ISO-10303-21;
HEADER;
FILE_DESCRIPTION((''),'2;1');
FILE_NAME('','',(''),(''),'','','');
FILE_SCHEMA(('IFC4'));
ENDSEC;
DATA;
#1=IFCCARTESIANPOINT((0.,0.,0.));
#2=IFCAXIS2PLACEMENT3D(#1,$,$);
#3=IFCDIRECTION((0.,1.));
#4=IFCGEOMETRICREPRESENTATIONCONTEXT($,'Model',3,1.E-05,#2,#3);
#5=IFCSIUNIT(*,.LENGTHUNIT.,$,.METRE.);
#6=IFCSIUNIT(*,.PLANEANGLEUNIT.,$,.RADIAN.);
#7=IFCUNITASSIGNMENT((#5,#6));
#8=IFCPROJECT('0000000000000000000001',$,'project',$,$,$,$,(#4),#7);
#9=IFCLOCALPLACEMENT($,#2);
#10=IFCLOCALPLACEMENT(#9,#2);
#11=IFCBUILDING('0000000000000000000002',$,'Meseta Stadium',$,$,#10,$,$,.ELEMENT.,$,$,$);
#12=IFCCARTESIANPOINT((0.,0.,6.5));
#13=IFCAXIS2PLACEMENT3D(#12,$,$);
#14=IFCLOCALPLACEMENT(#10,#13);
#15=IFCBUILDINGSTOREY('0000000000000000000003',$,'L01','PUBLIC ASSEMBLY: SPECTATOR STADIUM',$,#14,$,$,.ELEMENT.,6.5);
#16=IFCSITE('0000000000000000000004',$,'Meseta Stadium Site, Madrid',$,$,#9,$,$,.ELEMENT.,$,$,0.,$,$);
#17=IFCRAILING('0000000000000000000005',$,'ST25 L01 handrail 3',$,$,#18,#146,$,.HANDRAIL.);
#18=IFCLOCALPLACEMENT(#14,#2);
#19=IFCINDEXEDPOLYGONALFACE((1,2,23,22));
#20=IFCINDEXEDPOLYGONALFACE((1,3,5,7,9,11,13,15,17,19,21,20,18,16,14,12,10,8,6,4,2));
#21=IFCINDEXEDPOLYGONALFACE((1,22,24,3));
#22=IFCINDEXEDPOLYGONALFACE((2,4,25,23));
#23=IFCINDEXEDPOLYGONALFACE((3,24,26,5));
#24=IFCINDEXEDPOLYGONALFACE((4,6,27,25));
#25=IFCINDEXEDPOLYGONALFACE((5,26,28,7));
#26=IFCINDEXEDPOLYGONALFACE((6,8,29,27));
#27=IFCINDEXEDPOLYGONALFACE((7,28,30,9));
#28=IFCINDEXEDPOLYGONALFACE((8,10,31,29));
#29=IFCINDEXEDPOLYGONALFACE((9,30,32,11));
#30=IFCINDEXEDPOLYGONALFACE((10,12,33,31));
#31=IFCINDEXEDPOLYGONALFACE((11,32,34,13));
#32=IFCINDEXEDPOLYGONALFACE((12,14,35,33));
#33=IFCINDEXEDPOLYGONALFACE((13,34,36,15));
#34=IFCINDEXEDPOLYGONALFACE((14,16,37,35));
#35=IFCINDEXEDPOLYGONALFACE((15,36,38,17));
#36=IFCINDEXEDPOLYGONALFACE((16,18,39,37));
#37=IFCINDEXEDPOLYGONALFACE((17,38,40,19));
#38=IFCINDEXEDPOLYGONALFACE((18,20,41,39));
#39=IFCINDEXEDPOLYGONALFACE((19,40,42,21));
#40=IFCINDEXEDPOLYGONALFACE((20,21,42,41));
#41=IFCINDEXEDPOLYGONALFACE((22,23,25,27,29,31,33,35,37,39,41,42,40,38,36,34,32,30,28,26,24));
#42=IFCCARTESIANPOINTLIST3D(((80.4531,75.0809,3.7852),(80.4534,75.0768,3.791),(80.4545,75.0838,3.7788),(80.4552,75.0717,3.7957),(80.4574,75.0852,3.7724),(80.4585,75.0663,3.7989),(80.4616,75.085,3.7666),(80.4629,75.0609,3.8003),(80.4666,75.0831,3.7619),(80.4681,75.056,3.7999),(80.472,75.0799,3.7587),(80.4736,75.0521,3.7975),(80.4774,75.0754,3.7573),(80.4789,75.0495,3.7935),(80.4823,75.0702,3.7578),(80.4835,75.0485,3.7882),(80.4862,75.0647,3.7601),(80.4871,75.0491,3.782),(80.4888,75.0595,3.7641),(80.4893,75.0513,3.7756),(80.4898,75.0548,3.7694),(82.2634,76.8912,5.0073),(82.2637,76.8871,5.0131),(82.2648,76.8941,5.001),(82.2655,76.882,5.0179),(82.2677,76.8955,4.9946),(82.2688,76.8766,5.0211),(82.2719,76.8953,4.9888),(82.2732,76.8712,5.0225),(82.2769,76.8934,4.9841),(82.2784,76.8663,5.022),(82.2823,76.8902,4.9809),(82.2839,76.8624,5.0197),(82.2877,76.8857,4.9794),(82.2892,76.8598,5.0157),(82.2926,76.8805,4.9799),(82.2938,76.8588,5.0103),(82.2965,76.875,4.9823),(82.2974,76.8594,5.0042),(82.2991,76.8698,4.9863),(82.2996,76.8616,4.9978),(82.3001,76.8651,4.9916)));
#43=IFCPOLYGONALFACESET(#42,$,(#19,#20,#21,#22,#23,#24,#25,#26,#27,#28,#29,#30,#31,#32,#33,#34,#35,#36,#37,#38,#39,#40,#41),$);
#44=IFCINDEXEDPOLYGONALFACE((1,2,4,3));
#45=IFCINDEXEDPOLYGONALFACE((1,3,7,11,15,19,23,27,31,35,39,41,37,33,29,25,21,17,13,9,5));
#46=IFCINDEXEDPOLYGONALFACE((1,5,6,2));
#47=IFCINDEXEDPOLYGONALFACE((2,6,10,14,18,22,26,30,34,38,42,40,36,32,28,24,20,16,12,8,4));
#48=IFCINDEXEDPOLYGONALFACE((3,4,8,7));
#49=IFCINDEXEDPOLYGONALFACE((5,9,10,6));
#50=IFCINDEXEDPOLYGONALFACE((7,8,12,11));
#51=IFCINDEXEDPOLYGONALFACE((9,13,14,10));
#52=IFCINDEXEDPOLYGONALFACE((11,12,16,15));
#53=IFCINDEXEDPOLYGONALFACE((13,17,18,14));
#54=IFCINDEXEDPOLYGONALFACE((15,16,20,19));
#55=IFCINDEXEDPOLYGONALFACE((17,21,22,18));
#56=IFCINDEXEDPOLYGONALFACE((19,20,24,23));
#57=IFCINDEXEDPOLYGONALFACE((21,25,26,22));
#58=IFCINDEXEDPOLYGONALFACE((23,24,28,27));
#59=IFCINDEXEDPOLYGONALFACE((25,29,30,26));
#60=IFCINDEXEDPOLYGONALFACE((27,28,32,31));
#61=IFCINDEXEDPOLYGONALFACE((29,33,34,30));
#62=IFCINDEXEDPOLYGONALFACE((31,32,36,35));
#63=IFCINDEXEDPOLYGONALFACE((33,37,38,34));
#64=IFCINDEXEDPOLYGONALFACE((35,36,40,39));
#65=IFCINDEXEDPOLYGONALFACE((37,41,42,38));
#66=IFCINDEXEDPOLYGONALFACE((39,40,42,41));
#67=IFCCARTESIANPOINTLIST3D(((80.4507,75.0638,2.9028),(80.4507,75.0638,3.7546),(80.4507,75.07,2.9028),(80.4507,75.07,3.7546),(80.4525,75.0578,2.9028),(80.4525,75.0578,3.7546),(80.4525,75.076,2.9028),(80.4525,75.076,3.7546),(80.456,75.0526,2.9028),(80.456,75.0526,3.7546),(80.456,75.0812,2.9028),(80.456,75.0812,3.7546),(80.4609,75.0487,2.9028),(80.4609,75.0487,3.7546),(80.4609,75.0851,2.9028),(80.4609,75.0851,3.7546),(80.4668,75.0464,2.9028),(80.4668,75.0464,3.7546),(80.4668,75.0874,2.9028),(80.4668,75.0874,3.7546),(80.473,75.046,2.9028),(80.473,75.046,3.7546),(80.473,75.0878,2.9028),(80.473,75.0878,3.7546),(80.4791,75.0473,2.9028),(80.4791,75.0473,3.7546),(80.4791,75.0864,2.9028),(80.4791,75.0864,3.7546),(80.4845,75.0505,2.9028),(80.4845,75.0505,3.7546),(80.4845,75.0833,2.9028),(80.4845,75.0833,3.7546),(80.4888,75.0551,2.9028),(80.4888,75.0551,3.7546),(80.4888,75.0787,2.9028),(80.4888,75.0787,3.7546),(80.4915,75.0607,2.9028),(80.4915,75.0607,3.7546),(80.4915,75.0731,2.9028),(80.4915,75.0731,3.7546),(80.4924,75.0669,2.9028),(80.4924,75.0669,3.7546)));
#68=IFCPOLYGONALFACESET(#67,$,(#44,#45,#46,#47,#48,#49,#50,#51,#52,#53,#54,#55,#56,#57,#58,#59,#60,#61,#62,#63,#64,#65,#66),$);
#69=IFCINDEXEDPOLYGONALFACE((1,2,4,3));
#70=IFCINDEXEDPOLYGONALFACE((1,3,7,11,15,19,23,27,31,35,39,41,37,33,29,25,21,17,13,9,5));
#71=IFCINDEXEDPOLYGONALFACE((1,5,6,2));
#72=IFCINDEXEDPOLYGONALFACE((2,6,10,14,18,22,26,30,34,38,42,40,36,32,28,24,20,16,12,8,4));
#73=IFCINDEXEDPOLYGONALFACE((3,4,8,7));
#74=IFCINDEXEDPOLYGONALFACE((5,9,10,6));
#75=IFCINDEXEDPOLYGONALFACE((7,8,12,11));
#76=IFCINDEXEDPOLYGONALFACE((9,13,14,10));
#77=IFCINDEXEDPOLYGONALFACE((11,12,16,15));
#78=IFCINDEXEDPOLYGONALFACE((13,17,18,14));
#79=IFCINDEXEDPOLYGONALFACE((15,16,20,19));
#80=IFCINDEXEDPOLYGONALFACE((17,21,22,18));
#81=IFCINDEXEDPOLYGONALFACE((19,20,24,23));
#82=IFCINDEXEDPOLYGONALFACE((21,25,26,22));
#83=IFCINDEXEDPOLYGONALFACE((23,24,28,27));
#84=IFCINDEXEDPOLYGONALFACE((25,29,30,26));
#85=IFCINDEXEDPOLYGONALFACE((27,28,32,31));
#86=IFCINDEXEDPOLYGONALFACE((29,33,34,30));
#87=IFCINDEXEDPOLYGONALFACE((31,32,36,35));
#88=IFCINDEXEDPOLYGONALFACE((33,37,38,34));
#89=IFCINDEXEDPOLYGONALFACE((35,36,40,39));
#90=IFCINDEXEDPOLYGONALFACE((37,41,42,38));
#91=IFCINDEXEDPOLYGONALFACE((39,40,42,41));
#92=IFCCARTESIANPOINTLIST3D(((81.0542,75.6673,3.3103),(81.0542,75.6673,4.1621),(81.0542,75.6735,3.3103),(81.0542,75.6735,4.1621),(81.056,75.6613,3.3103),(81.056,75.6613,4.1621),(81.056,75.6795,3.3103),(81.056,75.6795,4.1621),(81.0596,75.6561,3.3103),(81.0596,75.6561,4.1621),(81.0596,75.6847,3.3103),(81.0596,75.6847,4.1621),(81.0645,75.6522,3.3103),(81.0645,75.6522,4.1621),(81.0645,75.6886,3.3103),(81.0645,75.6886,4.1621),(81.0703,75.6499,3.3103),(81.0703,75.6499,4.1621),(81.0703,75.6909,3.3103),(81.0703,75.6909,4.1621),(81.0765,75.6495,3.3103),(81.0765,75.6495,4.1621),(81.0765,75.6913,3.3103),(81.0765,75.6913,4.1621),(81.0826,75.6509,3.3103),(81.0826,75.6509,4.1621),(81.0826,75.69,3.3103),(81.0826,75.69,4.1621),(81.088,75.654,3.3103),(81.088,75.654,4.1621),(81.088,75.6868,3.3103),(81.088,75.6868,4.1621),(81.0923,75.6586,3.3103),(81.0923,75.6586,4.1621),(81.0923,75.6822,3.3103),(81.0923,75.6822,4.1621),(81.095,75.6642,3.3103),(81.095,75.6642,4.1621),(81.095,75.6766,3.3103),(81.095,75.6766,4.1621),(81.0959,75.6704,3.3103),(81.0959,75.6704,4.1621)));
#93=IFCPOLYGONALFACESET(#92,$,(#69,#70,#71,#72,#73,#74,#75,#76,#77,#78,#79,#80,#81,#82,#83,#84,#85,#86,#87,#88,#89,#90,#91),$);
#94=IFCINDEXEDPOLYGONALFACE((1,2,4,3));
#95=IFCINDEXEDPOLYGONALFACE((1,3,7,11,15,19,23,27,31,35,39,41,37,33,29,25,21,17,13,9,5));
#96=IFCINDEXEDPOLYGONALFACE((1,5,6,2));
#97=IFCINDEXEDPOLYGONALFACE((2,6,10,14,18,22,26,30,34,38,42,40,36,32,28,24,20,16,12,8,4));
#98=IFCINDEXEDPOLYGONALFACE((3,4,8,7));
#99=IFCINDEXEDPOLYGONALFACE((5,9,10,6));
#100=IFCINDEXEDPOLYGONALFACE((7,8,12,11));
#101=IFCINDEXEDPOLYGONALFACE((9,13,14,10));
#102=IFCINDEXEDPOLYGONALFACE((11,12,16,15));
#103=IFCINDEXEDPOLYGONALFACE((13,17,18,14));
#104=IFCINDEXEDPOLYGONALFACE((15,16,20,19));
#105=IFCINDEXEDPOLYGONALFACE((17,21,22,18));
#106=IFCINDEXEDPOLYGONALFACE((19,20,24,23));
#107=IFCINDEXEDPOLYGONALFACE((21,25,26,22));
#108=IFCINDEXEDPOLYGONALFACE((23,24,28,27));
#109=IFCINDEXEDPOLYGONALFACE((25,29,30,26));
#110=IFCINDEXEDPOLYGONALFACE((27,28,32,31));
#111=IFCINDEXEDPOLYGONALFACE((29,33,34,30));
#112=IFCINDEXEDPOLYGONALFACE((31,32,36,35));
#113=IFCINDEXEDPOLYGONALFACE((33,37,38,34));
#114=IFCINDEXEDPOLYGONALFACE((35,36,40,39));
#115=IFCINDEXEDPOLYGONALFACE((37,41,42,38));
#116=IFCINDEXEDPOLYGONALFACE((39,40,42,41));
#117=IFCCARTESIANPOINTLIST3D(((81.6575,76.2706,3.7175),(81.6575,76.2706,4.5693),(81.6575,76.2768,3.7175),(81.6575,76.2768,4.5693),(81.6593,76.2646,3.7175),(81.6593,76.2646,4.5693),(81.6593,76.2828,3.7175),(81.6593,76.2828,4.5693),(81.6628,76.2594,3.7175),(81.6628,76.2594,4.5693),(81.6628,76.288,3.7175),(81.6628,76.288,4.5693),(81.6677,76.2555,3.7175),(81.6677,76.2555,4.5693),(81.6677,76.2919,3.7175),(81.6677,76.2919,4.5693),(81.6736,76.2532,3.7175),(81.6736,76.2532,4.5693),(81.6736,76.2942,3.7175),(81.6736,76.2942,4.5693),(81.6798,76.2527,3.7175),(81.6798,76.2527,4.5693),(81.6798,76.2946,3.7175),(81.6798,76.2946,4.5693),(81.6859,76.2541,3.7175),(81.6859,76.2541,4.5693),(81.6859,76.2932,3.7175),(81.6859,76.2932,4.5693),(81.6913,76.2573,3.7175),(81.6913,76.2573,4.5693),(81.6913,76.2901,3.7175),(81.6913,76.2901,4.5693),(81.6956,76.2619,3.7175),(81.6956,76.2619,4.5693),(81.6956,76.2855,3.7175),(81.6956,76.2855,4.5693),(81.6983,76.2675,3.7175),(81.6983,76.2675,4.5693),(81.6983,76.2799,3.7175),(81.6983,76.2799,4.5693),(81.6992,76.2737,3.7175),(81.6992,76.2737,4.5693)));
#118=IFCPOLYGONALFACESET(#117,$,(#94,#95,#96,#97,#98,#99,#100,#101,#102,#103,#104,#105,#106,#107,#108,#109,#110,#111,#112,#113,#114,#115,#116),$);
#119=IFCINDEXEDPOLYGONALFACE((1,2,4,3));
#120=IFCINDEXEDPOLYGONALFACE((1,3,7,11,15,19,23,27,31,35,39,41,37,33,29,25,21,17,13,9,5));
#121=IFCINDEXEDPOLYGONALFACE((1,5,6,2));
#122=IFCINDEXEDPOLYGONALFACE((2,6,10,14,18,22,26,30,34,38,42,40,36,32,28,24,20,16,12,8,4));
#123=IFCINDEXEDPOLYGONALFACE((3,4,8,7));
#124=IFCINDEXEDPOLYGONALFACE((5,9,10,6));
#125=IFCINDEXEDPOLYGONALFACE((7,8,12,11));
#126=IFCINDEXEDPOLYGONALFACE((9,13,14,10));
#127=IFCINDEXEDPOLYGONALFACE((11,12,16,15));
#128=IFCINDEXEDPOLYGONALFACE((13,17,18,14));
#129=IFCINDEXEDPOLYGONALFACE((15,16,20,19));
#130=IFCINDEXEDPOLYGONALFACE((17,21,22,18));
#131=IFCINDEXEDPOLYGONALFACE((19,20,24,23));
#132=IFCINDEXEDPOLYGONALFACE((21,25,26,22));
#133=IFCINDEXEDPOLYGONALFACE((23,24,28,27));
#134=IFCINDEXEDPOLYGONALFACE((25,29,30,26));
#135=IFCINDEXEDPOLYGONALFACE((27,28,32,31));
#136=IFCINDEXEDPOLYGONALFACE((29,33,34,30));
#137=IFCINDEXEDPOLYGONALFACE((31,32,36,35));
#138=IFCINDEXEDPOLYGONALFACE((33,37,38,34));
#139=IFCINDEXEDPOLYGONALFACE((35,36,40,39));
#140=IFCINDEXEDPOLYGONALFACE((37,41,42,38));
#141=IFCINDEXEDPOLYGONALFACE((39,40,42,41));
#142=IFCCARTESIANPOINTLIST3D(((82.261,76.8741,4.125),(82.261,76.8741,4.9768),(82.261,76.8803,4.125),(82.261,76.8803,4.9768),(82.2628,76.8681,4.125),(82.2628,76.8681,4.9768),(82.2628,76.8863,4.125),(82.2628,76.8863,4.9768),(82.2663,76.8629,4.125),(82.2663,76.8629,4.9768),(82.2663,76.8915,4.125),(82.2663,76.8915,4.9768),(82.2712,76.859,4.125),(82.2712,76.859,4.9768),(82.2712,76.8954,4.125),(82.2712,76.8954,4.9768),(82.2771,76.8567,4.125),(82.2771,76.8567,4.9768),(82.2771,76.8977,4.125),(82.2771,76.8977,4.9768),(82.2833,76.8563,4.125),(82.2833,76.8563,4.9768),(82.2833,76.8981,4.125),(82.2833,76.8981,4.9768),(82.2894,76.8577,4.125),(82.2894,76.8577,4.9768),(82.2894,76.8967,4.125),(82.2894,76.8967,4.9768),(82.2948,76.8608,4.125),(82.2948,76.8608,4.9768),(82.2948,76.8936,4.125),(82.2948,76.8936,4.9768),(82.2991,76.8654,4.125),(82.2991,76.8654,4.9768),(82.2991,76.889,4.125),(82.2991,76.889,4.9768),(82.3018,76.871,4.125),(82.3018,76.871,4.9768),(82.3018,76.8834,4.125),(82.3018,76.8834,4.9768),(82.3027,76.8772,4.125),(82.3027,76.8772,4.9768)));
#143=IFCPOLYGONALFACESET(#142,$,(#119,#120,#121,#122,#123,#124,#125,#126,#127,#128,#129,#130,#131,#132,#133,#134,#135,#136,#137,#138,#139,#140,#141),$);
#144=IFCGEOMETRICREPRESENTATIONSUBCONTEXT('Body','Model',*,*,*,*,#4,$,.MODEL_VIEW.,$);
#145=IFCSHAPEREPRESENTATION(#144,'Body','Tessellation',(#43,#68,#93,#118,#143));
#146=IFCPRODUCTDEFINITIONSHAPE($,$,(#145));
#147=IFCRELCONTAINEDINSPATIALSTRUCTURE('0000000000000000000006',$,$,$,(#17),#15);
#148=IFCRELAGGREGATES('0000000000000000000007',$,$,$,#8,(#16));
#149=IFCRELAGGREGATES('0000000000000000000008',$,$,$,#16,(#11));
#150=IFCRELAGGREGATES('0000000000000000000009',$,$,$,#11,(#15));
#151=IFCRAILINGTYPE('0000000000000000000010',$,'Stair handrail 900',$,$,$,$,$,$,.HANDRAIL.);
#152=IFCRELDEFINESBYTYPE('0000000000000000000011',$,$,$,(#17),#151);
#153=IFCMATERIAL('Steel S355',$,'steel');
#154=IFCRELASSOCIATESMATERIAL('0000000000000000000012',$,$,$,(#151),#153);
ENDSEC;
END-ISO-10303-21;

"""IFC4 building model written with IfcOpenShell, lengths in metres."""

from ifc_helpers import new_model, si_unit, direction, frame, origin, origin_2d, place, context, subcontext, project, spatial, circle, extrude, material, type_object, element, save


model = new_model("IFC4")

# Units and contexts
model_context = context("Model", 3, precision=1e-05, world=origin(), true_north=direction((0.0, 1.0)))
body_context = subcontext(model_context, "Body", "Model", "MODEL_VIEW")
ifc_project = project(units=[si_unit("LENGTHUNIT", "METRE"), si_unit("PLANEANGLEUNIT", "RADIAN")], contexts=[model_context])

# Site, building, storey
site_placement = place(None, origin())
site = spatial("IfcSite", under=ifc_project, at=site_placement, Name="Meseta Stadium Site, Madrid", CompositionType="ELEMENT", RefElevation=0.0)
building_placement = place(site_placement, origin())
building = spatial("IfcBuilding", under=site, at=building_placement, Name="Meseta Stadium", CompositionType="ELEMENT")
storey_placement = place(building_placement, frame((0.0, 0.0, 6.5)))
storey = spatial("IfcBuildingStorey", under=building, at=storey_placement, Name="L01", Description="PUBLIC ASSEMBLY: SPECTATOR STADIUM", CompositionType="ELEMENT", Elevation=6.5)

# Railing
ifc_material_1 = material(Name="Steel S355", Category="steel")
railing_type_1 = type_object("IfcRailingType", Name="Stair handrail 900", PredefinedType="HANDRAIL", material=ifc_material_1)
railing_1_placement = place(storey_placement, frame((80.4714, 75.0669, 2.9028)))
element("IfcRailing", 1, at=railing_1_placement, inside=storey, type_object=railing_type_1, Name="ST25 L01 handrail 3", PredefinedType="HANDRAIL", context=body_context, shape_type="SweptSolid", body=[
    extrude(circle(Radius=0.0239, at=origin_2d()), frame((0.0, 0.0, 0.876), z_axis=(0.638124, 0.638124, 0.430809), x_axis=(-0.707107, 0.707107, 0.0)), (0.0, 0.0, 1.0), 2.8369),
    extrude(circle(Radius=0.021, at=origin_2d()), origin(), (0.0, 0.0, 1.0), 0.8518),
    extrude(circle(Radius=0.021, at=origin_2d()), frame((0.6035, 0.6035, 0.4075)), (0.0, 0.0, 1.0), 0.8518),
    extrude(circle(Radius=0.021, at=origin_2d()), frame((1.2068, 1.2068, 0.8147)), (0.0, 0.0, 1.0), 0.8518),
    extrude(circle(Radius=0.021, at=origin_2d()), frame((1.8103, 1.8103, 1.2222)), (0.0, 0.0, 1.0), 0.8518),
])

save(model, "model.ifc")
